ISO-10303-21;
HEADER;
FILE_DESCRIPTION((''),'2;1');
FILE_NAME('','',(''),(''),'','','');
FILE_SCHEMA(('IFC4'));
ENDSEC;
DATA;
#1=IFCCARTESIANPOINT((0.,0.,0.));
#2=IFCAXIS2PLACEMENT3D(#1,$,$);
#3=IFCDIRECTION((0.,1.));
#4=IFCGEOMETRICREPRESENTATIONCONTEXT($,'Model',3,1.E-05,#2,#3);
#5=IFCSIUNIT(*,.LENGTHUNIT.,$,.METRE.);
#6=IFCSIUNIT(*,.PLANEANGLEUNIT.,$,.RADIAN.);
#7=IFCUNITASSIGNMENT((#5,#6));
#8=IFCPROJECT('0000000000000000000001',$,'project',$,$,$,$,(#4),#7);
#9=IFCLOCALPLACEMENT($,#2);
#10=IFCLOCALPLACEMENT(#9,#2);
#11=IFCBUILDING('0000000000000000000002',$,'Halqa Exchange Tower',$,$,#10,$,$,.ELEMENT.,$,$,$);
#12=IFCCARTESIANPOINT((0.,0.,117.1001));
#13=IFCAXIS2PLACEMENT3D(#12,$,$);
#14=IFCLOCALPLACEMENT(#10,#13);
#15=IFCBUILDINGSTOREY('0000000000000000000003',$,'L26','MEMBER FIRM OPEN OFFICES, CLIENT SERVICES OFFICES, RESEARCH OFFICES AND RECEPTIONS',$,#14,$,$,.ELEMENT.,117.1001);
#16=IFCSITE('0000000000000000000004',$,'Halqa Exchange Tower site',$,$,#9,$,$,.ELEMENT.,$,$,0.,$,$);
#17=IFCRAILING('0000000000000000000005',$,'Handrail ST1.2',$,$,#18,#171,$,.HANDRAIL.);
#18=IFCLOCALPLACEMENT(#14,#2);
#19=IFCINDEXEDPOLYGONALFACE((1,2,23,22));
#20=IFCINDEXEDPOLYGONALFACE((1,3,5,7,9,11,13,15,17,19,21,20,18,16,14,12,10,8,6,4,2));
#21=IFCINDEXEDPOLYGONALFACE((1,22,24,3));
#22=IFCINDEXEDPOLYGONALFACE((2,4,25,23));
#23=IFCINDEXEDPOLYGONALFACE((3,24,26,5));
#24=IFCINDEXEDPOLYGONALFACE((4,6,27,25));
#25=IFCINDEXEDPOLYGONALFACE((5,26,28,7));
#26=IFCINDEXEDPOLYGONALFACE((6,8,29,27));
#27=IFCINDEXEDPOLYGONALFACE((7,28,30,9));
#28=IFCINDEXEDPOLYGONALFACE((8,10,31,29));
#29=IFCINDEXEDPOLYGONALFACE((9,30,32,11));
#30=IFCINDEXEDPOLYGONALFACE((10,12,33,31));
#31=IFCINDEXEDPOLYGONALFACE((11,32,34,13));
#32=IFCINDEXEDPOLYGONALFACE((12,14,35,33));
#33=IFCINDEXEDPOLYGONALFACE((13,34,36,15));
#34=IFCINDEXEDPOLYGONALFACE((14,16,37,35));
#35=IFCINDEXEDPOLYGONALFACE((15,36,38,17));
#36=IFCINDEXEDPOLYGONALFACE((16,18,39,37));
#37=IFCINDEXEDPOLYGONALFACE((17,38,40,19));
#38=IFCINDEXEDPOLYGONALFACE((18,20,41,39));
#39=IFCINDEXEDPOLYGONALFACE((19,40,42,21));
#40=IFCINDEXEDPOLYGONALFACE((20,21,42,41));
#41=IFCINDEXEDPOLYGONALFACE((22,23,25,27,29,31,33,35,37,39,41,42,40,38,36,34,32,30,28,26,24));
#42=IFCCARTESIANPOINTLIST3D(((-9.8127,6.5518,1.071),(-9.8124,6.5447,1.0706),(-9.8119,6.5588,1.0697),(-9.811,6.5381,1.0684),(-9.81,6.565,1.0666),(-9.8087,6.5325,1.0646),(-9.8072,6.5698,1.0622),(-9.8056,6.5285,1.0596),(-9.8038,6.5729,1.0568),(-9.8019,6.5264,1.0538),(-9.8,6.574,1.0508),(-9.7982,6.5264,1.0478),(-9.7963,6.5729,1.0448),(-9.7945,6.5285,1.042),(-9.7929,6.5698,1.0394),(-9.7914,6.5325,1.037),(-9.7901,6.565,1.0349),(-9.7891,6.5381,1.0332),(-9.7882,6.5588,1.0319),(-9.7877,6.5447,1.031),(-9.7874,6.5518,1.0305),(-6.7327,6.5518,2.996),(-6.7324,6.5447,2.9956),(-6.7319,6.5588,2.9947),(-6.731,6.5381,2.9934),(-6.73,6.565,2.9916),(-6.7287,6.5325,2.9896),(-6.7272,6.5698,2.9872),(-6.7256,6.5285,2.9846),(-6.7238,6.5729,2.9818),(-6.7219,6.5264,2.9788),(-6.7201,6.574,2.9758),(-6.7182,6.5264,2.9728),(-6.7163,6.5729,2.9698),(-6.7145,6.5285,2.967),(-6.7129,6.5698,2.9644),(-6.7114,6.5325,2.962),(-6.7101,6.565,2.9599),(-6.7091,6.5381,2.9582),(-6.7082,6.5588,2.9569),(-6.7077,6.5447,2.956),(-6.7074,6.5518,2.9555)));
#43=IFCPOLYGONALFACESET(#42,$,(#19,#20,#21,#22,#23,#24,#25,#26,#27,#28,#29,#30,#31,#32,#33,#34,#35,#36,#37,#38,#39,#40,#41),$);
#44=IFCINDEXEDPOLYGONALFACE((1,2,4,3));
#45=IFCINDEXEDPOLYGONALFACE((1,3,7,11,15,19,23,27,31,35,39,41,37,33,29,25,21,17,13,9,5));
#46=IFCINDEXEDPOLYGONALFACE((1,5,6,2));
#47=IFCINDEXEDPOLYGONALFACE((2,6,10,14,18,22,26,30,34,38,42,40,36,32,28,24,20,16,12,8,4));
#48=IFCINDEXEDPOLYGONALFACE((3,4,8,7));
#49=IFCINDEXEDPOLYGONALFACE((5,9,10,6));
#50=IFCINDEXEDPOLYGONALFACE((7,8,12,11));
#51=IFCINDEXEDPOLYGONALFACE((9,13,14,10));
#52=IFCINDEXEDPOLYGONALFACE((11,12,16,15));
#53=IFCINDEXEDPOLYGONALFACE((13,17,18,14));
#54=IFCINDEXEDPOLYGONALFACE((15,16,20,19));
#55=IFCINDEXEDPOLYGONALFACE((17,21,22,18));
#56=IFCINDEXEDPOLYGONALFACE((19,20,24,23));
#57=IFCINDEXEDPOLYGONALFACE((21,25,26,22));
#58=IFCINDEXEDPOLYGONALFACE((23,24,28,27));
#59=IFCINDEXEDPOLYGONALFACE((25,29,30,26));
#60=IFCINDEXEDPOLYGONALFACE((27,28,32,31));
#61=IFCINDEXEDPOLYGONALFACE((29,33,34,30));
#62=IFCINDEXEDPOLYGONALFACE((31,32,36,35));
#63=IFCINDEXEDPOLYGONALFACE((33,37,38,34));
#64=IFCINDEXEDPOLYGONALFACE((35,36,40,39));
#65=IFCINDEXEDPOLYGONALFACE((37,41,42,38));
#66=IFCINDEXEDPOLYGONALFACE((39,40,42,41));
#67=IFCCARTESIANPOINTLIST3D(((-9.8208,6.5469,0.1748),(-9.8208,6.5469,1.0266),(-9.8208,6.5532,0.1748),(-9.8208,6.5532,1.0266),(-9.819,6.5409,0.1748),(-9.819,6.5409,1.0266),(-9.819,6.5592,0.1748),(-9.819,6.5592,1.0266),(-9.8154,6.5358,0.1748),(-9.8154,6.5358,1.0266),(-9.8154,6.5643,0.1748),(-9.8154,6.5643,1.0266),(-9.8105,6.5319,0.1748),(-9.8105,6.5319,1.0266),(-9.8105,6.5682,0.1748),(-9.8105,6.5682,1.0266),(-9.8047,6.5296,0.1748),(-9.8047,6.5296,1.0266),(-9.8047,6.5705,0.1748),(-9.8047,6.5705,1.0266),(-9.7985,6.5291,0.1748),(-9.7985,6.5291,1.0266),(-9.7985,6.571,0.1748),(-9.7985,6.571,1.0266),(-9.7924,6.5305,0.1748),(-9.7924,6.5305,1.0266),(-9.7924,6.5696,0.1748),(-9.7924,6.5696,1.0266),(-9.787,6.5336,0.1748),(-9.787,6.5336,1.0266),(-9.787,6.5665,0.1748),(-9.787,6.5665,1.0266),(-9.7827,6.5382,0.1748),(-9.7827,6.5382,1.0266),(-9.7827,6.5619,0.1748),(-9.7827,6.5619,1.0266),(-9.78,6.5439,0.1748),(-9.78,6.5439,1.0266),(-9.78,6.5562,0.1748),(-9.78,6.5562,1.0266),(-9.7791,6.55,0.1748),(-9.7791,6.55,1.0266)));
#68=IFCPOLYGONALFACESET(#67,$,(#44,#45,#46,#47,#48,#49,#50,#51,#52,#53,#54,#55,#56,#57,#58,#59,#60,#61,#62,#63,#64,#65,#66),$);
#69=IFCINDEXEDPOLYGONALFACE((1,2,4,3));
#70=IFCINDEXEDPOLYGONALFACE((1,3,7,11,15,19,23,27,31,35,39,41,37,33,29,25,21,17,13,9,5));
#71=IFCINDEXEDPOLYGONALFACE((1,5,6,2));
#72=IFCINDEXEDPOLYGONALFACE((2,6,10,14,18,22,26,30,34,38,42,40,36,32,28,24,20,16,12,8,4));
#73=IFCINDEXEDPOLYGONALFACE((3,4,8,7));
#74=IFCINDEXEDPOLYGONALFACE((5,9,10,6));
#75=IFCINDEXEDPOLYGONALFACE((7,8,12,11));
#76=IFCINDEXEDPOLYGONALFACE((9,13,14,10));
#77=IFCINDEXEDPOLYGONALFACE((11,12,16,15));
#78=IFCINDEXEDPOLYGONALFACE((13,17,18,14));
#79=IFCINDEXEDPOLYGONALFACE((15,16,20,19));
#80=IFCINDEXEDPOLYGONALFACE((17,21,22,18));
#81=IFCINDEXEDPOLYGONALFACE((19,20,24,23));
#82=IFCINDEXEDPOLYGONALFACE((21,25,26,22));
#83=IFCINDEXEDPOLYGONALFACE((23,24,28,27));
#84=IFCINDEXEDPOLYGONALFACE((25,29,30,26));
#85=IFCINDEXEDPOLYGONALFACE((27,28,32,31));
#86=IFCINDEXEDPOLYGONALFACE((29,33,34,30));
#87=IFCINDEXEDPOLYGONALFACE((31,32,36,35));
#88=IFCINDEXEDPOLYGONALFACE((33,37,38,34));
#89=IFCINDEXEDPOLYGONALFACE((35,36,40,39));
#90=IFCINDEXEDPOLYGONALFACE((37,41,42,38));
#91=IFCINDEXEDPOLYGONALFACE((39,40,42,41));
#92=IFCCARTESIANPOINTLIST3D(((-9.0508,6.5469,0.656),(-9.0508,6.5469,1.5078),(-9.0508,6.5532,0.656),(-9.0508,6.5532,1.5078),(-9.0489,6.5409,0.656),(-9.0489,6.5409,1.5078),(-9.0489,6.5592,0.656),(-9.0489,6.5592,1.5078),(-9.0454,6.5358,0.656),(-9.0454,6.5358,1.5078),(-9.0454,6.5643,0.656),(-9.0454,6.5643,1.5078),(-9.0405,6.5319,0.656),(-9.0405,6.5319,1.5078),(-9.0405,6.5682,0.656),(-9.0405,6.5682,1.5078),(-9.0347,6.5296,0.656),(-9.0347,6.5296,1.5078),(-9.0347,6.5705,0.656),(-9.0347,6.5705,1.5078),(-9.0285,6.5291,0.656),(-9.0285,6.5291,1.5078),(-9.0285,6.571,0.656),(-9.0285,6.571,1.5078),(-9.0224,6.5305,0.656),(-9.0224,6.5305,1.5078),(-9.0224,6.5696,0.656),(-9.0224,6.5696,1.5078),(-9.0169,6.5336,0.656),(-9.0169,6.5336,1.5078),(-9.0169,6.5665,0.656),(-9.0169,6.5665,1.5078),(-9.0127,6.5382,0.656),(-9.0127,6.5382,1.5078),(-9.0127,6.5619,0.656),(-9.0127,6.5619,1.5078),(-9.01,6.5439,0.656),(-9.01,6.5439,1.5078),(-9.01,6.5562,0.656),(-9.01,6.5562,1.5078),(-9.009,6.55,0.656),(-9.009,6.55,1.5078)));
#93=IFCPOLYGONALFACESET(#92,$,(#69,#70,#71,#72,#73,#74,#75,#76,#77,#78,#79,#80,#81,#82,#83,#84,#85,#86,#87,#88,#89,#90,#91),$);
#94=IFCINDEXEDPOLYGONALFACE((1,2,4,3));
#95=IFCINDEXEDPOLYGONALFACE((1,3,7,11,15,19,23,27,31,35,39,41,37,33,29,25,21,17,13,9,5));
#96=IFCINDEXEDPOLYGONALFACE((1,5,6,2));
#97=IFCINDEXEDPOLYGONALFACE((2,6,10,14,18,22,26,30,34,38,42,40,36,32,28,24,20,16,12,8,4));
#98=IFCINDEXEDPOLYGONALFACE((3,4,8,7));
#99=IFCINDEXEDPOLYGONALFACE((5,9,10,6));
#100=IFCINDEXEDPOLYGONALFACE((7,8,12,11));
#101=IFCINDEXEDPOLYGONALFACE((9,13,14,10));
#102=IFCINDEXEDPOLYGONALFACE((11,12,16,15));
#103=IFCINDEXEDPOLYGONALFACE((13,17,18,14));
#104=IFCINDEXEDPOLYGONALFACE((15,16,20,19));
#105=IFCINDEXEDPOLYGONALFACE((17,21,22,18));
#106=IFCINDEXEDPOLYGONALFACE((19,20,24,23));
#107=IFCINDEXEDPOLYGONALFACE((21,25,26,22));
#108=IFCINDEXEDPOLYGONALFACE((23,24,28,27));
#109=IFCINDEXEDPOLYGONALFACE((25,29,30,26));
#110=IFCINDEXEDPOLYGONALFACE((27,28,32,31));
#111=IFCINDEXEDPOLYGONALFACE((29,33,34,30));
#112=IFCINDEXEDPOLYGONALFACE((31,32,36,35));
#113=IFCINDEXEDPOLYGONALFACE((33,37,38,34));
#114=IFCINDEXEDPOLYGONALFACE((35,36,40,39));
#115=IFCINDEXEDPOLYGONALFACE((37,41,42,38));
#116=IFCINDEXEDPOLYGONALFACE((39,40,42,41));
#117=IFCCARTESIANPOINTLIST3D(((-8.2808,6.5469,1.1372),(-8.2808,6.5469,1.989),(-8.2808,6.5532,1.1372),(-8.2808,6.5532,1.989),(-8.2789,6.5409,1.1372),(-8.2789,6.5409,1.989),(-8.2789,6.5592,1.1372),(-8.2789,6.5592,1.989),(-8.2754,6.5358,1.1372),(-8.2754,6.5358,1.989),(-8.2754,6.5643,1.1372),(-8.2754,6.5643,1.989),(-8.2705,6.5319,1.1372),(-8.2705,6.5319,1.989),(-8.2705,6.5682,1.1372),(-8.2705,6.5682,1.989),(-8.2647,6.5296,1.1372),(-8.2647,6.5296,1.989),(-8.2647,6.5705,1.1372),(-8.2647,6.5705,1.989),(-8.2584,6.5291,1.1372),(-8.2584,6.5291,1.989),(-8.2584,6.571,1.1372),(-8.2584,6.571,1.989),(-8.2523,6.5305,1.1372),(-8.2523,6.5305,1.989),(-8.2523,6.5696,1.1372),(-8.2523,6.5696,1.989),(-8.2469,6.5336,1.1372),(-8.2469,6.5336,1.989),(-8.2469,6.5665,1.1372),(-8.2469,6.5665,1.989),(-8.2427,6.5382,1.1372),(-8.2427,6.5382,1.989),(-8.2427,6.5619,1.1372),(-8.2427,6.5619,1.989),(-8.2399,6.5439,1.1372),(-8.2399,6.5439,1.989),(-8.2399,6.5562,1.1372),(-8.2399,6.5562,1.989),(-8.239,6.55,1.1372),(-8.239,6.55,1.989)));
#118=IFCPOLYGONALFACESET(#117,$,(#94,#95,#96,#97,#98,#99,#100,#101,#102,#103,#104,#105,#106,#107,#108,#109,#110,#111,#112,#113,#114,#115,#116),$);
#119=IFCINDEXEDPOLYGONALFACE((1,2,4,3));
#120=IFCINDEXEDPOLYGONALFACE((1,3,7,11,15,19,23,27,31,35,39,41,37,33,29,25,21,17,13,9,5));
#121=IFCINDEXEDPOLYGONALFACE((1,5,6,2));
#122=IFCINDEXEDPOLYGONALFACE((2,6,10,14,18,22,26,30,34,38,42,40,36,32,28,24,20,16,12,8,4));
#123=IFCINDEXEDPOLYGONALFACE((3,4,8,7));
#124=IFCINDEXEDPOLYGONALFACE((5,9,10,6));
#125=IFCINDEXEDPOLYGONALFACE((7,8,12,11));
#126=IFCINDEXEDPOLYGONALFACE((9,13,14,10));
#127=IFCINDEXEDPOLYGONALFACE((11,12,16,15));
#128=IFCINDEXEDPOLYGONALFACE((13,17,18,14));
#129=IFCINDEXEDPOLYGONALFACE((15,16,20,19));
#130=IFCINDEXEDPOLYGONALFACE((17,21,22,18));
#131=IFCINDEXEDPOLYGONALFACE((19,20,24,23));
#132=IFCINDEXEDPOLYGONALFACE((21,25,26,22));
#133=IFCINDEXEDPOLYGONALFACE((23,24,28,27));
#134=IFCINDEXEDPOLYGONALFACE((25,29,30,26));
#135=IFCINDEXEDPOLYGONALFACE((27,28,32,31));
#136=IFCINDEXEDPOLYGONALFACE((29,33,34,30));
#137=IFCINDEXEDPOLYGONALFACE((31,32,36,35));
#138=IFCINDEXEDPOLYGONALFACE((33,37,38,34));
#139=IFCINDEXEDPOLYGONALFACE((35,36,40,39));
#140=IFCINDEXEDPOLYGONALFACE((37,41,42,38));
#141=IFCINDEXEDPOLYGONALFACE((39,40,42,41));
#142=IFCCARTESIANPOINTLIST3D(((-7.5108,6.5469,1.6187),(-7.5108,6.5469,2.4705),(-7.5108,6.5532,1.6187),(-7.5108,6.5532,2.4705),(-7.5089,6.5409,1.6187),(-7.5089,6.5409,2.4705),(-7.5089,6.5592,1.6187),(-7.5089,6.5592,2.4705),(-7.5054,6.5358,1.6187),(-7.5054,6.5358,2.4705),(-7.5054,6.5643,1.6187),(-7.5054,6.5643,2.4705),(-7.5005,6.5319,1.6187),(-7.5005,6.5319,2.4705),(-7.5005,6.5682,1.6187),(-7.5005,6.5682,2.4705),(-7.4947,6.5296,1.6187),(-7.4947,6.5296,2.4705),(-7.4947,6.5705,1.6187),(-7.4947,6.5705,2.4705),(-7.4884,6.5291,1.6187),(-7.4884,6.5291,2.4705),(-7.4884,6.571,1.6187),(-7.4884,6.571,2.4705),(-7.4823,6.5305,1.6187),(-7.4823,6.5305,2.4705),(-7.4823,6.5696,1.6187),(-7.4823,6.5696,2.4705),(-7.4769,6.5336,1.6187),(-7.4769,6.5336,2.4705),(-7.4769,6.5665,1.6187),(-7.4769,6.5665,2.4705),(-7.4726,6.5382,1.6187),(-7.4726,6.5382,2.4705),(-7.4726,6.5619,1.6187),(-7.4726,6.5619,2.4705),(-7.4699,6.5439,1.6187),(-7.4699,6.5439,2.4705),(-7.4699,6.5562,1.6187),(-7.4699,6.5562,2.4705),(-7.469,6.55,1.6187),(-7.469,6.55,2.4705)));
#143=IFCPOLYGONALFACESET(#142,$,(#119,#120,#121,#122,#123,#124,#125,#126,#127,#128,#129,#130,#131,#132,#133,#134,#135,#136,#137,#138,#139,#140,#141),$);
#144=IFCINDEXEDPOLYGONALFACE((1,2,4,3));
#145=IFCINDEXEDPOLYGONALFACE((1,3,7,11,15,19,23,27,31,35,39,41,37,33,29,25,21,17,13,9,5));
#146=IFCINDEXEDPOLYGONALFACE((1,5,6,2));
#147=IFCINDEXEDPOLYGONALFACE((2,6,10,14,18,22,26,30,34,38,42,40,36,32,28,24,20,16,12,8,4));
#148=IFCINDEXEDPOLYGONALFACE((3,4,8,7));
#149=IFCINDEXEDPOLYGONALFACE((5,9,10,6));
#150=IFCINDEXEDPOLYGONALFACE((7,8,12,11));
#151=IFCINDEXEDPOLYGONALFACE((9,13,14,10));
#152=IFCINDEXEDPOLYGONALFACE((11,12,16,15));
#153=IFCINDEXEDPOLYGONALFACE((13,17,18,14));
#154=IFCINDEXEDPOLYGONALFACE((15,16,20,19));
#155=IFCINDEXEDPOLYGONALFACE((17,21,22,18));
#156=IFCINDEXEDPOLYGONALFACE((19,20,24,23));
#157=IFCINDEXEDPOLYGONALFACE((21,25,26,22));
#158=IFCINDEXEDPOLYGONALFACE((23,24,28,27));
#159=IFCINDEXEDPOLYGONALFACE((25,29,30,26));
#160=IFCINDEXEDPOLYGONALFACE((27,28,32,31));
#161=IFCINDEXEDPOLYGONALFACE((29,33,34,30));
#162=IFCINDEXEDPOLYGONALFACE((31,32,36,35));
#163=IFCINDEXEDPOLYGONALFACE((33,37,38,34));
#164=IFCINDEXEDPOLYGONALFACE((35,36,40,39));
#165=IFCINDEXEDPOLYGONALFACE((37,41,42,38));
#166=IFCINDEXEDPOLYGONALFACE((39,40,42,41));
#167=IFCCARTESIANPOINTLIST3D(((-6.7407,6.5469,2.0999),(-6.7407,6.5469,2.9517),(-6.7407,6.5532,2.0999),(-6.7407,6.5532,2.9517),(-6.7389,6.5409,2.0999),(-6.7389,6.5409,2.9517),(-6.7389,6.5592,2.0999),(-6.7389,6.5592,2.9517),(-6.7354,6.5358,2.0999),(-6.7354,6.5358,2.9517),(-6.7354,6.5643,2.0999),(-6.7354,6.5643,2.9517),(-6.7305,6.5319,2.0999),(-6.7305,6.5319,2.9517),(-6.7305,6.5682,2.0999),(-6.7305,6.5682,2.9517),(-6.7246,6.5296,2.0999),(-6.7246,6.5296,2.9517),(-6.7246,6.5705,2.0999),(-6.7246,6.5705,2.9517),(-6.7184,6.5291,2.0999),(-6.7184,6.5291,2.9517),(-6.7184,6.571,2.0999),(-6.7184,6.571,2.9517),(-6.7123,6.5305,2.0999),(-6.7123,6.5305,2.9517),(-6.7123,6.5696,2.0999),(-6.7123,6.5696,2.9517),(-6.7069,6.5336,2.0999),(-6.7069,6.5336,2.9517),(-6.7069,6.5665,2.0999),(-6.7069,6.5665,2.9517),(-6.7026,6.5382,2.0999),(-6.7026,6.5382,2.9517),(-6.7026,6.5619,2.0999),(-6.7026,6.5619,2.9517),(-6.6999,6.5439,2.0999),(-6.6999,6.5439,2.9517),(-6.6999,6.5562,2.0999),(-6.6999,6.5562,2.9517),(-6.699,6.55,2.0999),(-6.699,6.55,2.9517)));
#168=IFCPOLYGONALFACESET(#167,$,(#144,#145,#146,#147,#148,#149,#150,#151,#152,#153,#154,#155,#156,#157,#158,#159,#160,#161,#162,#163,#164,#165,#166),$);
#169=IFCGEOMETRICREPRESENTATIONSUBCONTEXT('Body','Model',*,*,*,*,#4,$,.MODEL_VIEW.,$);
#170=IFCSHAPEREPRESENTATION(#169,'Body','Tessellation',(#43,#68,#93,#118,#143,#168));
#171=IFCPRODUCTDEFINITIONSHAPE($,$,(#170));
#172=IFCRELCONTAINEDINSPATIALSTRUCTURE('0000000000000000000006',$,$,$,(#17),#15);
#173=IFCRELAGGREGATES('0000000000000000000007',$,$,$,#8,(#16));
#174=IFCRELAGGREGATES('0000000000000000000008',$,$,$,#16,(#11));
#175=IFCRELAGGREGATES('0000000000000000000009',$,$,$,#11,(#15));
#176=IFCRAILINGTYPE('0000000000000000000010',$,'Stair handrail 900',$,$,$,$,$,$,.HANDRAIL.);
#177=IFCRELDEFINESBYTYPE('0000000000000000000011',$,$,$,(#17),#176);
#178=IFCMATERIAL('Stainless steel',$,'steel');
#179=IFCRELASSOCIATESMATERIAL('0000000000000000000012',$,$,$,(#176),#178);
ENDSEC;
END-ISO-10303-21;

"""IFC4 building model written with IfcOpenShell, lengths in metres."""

from ifc_helpers import new_model, si_unit, direction, frame, origin, origin_2d, place, context, subcontext, project, spatial, circle, extrude, material, type_object, element, save


model = new_model("IFC4")

# Units and contexts
model_context = context("Model", 3, precision=1e-05, world=origin(), true_north=direction((0.0, 1.0)))
body_context = subcontext(model_context, "Body", "Model", "MODEL_VIEW")
ifc_project = project(units=[si_unit("LENGTHUNIT", "METRE"), si_unit("PLANEANGLEUNIT", "RADIAN")], contexts=[model_context])

# Site, building, storey
site_placement = place(None, origin())
site = spatial("IfcSite", under=ifc_project, at=site_placement, Name="Halqa Exchange Tower site", CompositionType="ELEMENT", RefElevation=0.0)
building_placement = place(site_placement, origin())
building = spatial("IfcBuilding", under=site, at=building_placement, Name="Halqa Exchange Tower", CompositionType="ELEMENT")
storey_placement = place(building_placement, frame((0.0, 0.0, 117.1001)))
storey = spatial("IfcBuildingStorey", under=building, at=storey_placement, Name="L26", Description="MEMBER FIRM OPEN OFFICES, CLIENT SERVICES OFFICES, RESEARCH OFFICES AND RECEPTIONS", CompositionType="ELEMENT", Elevation=117.1001)

# Shared definitions
ifc_material_1 = material(Name="Stainless steel", Category="steel")

# Railing
railing_type_1 = type_object("IfcRailingType", Name="Stair handrail 900", PredefinedType="HANDRAIL", material=ifc_material_1)
railing_1_placement = place(storey_placement, frame((-9.8, 6.55, 0.1748)))
element("IfcRailing", 1, at=railing_1_placement, inside=storey, type_object=railing_type_1, Name="Handrail ST1.2", PredefinedType="HANDRAIL", context=body_context, shape_type="SweptSolid", body=[
    extrude(circle(Radius=0.0239, at=origin_2d()), frame((0.0, 0.0, 0.876), z_axis=(0.847998, 0.0, 0.529999), x_axis=(0.0, 1.0, 0.0)), (0.0, 0.0, 1.0), 3.6321),
    extrude(circle(Radius=0.021, at=origin_2d()), origin(), (0.0, 0.0, 1.0), 0.8518),
    extrude(circle(Radius=0.021, at=origin_2d()), frame((0.77, 0.0, 0.4812)), (0.0, 0.0, 1.0), 0.8518),
    extrude(circle(Radius=0.021, at=origin_2d()), frame((1.54, 0.0, 0.9624)), (0.0, 0.0, 1.0), 0.8518),
    extrude(circle(Radius=0.021, at=origin_2d()), frame((2.3101, 0.0, 1.4438)), (0.0, 0.0, 1.0), 0.8518),
    extrude(circle(Radius=0.021, at=origin_2d()), frame((3.0801, 0.0, 1.925)), (0.0, 0.0, 1.0), 0.8518),
])

save(model, "model.ifc")
